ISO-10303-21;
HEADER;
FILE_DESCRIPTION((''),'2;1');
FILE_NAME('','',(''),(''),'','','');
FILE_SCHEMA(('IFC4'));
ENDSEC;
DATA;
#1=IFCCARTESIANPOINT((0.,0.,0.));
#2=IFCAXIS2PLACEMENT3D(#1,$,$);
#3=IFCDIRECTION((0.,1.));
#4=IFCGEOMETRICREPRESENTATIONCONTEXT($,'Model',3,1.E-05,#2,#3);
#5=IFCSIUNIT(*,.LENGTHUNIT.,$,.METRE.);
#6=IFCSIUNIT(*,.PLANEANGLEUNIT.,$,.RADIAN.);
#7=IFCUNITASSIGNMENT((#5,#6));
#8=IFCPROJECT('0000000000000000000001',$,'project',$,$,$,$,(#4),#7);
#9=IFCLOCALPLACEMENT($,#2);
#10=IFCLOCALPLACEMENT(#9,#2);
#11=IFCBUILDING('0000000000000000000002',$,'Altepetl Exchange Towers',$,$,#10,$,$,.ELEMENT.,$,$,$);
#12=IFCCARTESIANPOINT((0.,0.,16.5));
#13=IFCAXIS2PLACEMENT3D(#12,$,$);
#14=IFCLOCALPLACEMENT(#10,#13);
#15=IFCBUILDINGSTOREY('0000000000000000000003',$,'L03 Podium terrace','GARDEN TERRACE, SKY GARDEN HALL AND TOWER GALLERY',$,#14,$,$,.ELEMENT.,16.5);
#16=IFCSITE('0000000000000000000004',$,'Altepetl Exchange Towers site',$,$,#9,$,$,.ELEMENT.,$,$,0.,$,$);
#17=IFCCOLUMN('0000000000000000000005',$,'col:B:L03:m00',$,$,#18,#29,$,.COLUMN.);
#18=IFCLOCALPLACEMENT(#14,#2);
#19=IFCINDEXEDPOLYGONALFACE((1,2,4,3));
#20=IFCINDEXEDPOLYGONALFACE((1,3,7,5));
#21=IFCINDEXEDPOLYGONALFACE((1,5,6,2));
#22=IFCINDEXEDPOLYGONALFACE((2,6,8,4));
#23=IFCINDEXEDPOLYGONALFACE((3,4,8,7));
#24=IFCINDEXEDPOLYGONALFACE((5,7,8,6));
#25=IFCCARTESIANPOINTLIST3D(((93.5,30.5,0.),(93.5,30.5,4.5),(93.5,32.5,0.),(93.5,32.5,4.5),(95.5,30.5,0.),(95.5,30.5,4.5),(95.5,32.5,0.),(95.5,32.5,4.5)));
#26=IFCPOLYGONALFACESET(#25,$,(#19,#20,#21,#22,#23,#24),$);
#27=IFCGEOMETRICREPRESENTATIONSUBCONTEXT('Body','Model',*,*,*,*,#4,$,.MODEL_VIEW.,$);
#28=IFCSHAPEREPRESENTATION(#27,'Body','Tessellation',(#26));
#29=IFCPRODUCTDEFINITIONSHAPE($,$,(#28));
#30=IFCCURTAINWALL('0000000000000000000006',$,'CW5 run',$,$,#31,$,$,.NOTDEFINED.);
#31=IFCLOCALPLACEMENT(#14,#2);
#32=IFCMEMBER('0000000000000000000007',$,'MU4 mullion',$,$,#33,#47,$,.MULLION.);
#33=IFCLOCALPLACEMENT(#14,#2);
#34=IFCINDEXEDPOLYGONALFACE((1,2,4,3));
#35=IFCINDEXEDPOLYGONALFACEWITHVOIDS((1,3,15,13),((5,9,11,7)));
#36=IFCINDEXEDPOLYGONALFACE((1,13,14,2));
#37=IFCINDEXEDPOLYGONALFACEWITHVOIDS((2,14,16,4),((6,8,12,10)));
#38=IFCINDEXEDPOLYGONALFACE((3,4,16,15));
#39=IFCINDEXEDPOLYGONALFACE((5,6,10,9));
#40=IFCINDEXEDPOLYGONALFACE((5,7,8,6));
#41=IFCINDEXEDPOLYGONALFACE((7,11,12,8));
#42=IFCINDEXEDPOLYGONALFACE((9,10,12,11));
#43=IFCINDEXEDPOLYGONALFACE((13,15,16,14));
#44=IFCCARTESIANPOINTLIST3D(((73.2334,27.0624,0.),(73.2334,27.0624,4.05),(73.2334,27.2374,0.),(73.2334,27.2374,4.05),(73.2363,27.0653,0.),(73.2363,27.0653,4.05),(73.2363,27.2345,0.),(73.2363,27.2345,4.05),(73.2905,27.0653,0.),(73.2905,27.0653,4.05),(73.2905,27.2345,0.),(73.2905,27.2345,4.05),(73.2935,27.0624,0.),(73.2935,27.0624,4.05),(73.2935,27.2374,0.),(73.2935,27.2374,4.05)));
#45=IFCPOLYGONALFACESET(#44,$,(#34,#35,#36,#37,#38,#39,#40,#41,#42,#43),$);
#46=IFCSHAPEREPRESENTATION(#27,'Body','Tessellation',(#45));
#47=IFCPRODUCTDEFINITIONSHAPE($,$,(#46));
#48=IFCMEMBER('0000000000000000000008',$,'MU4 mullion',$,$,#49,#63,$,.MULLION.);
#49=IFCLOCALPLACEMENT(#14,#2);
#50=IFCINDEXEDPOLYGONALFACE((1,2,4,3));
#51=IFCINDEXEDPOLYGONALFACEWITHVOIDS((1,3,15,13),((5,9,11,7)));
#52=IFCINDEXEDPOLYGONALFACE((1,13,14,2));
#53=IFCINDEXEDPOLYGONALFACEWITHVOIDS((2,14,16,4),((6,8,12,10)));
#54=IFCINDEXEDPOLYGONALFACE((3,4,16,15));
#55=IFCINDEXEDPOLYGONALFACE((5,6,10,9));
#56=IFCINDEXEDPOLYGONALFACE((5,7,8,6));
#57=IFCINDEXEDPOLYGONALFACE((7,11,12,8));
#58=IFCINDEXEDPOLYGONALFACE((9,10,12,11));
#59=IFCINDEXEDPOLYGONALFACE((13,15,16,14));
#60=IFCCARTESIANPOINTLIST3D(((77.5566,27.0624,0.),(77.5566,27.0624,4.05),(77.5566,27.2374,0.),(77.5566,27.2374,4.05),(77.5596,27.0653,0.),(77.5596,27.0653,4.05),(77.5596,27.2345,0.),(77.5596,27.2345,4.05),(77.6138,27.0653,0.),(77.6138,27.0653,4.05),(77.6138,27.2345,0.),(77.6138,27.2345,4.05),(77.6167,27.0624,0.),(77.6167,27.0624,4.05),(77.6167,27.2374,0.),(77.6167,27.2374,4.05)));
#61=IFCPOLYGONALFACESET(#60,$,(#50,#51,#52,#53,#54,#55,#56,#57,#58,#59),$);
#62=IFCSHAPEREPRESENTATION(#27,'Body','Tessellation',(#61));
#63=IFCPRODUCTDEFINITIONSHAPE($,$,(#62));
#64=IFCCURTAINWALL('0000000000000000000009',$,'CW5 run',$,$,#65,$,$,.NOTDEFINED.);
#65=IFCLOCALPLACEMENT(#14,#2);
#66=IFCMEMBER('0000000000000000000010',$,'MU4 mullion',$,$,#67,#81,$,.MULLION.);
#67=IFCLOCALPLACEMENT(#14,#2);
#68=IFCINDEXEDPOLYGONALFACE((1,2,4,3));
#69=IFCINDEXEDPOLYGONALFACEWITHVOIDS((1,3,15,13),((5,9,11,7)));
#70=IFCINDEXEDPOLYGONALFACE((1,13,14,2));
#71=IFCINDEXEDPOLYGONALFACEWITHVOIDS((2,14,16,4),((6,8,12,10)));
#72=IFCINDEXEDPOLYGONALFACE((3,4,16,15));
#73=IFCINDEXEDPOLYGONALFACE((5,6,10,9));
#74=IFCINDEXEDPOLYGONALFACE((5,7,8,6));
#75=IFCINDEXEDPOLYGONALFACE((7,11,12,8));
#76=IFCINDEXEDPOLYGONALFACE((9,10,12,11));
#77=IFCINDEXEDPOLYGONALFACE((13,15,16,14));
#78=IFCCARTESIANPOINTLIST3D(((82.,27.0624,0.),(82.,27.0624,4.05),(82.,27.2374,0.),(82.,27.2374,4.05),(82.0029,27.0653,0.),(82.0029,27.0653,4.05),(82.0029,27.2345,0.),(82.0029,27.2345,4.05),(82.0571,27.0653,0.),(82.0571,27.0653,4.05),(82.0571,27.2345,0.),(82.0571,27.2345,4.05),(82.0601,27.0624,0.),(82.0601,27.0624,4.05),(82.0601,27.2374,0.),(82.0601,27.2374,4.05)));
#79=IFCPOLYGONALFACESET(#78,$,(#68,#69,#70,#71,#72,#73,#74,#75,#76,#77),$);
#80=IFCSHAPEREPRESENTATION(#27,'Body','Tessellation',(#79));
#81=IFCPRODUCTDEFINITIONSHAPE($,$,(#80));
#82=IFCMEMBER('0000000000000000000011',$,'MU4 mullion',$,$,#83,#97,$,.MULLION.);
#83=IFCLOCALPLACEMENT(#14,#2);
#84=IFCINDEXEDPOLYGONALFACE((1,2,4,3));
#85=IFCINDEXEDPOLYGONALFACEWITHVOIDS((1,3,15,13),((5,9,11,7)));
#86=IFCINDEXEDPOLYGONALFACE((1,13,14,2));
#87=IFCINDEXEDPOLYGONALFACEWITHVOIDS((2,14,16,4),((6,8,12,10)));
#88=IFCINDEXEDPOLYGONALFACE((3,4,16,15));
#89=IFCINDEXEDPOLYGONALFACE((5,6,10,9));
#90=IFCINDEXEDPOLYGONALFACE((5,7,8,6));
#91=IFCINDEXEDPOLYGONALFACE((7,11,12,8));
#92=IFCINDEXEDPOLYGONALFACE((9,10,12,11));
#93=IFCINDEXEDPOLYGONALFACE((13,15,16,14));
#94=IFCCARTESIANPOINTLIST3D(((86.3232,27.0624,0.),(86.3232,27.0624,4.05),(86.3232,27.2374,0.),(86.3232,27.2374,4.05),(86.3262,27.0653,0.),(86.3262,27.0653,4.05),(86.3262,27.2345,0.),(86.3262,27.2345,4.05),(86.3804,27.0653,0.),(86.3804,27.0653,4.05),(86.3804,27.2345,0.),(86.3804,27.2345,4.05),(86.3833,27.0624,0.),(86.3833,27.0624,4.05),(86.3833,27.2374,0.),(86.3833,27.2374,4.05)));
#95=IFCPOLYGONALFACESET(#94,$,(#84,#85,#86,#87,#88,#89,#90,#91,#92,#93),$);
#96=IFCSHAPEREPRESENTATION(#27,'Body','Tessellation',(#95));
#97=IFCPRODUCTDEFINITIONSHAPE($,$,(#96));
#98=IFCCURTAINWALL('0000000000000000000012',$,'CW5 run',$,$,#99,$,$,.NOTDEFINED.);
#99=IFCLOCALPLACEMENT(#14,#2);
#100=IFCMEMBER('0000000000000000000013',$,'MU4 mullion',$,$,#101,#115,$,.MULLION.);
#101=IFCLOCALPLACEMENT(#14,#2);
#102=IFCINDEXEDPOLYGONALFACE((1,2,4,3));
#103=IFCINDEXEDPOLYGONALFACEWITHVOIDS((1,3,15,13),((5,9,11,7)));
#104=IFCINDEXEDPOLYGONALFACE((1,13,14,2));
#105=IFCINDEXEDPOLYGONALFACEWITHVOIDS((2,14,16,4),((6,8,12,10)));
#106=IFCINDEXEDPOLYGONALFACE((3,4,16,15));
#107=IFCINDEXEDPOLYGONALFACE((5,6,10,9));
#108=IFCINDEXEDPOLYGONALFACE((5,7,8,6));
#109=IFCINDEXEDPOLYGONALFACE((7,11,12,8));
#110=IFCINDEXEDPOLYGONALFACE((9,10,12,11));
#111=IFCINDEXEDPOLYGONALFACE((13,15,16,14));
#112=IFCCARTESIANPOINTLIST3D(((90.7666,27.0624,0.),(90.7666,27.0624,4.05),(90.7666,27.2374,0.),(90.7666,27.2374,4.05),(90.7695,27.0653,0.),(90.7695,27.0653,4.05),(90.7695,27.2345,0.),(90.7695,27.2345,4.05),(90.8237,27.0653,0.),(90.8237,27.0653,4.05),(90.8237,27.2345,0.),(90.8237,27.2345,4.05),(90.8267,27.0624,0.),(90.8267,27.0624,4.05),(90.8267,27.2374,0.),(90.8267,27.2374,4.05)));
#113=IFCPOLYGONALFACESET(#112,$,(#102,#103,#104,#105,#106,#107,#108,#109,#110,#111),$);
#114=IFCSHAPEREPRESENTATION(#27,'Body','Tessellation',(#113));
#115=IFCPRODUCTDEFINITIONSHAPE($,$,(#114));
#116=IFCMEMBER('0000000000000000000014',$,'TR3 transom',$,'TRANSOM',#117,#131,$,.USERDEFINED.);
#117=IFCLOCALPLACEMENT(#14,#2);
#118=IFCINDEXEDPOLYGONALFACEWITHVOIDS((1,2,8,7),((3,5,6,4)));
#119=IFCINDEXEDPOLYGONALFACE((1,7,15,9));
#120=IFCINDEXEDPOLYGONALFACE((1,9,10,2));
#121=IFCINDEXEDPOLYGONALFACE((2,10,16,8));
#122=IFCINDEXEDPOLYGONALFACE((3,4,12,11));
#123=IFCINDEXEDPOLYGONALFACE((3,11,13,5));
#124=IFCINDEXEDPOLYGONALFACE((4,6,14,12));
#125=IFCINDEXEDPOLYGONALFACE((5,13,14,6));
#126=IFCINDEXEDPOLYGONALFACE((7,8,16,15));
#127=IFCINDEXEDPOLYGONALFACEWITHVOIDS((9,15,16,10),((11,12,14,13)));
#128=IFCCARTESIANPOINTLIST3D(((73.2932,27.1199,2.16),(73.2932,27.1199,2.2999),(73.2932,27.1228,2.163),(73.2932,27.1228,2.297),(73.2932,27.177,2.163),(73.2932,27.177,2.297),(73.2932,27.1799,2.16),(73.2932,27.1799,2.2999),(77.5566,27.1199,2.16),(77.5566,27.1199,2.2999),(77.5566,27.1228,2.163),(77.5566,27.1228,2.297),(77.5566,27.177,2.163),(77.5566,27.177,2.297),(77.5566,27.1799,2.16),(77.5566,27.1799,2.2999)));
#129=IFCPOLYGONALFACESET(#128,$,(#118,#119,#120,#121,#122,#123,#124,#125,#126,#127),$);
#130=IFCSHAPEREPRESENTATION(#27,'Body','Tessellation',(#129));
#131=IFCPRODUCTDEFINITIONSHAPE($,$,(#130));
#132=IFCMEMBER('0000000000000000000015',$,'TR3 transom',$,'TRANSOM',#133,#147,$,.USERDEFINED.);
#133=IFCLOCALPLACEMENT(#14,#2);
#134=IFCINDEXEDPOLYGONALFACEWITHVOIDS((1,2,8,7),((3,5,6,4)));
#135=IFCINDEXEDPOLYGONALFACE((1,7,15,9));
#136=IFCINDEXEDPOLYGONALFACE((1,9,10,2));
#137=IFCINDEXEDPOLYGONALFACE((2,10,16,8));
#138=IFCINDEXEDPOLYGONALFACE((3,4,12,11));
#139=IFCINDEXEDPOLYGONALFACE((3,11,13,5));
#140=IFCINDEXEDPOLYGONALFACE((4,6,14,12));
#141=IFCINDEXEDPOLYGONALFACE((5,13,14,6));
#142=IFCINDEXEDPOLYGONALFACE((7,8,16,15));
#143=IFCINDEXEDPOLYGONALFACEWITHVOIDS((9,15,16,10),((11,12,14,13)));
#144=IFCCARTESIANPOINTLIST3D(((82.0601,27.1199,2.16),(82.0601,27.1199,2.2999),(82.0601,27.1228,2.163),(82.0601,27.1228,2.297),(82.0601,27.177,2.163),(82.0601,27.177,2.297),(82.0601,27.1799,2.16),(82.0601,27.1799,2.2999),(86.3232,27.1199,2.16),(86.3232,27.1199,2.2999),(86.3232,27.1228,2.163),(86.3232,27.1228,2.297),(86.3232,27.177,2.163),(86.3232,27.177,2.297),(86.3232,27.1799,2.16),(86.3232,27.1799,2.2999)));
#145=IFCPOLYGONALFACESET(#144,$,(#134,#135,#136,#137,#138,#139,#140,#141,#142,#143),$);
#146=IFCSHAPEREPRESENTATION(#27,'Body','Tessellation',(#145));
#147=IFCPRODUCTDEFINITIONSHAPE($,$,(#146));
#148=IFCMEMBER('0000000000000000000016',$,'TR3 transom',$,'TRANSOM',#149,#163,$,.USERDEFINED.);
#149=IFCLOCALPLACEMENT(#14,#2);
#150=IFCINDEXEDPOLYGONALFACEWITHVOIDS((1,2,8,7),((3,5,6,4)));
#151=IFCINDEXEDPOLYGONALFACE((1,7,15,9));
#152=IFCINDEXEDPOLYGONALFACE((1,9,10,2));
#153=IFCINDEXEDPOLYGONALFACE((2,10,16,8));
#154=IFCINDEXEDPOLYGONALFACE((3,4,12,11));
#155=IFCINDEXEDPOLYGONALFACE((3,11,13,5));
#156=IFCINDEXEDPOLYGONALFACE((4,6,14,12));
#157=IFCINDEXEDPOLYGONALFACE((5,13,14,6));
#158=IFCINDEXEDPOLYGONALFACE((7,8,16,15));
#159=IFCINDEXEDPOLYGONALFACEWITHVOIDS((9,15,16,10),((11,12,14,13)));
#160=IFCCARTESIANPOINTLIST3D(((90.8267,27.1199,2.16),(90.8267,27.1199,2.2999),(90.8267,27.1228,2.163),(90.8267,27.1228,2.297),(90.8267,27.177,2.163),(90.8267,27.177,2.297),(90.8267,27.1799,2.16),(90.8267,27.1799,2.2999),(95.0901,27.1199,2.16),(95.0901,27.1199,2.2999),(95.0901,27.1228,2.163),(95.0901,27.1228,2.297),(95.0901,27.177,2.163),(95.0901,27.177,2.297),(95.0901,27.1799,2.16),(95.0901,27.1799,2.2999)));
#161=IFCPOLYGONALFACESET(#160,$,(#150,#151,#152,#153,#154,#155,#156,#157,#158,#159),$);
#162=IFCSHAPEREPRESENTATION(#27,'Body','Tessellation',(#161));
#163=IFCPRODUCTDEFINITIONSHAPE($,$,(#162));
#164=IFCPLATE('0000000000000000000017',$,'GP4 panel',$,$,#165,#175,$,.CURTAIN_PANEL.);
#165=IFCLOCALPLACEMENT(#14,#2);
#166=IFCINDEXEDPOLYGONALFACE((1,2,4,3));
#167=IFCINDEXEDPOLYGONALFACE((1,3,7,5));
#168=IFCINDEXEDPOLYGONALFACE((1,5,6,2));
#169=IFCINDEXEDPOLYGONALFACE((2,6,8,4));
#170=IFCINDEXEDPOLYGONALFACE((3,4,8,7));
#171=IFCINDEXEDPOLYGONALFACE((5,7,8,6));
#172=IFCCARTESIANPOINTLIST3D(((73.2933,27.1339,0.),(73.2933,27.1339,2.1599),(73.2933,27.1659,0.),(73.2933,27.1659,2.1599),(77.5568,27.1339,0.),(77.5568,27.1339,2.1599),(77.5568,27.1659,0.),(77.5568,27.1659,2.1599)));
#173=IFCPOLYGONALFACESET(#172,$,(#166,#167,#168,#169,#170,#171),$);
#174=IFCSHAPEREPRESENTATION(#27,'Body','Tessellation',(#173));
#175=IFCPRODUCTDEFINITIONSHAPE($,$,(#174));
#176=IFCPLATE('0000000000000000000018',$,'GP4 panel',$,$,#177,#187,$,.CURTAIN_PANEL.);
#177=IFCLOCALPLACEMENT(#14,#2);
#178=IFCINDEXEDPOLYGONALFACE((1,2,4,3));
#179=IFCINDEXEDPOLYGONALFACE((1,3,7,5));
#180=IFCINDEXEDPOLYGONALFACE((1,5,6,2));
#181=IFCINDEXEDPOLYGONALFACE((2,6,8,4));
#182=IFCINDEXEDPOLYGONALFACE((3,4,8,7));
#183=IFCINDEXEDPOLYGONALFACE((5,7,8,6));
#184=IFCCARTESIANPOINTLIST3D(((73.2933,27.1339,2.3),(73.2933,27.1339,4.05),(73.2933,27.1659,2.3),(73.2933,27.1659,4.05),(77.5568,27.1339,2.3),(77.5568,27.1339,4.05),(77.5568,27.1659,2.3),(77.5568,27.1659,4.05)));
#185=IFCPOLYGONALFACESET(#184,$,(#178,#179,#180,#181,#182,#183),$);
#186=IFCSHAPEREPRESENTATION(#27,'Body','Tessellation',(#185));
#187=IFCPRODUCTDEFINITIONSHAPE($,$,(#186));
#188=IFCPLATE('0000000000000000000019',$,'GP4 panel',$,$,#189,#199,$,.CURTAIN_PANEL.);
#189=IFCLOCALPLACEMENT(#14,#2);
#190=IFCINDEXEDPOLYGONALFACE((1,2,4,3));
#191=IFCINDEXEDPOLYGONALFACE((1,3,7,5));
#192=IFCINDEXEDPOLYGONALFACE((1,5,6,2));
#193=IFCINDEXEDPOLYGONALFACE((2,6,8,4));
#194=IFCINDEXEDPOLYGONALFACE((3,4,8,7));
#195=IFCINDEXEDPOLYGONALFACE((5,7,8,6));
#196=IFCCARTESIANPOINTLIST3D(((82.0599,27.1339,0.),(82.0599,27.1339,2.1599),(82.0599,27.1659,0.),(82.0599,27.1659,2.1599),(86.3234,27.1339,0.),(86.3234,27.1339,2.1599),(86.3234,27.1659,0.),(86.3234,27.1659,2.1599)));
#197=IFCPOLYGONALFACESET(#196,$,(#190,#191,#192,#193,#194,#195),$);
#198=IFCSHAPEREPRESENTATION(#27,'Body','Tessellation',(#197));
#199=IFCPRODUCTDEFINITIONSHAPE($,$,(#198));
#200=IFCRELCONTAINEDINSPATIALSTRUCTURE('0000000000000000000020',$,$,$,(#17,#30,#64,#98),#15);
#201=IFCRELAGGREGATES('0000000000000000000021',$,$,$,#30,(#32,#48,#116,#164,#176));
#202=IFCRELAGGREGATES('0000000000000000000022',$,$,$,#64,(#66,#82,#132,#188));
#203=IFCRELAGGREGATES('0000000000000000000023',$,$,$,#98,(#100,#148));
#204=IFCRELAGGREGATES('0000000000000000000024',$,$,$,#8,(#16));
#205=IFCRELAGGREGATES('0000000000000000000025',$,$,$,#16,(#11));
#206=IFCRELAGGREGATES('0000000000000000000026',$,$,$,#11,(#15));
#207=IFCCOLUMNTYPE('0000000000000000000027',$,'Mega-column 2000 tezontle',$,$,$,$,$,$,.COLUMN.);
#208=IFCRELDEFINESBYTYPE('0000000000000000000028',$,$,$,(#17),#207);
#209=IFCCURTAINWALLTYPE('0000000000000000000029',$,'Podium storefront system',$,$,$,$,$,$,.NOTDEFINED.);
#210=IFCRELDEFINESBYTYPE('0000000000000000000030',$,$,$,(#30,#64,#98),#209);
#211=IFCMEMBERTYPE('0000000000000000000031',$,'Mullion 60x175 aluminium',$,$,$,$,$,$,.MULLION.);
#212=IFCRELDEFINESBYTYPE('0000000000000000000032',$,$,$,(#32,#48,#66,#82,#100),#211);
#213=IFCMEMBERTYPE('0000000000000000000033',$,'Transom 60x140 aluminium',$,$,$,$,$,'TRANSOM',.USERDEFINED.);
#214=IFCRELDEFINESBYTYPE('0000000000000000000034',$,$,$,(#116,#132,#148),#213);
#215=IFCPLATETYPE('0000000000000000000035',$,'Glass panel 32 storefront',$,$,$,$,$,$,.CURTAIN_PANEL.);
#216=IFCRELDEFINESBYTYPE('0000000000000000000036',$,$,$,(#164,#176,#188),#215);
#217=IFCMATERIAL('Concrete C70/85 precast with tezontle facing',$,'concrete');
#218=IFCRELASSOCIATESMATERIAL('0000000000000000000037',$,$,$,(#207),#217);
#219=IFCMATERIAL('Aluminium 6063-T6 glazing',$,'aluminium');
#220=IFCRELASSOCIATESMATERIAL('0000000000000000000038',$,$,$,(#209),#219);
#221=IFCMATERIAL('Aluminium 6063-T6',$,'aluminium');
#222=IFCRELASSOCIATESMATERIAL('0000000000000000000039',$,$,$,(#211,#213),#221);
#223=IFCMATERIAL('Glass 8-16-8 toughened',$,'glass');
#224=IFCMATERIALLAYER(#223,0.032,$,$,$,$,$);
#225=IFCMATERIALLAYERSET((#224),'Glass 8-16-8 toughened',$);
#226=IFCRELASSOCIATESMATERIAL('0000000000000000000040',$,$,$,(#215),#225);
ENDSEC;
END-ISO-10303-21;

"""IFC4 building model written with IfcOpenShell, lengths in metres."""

from ifc_helpers import new_model, si_unit, direction, frame, origin, origin_2d, place, context, subcontext, project, spatial, rectangle, hollow_rectangle, extrude, material, layer, layer_set, material_profile, profile_set, type_object, element, aggregate, save


model = new_model("IFC4")

# Units and contexts
model_context = context("Model", 3, precision=1e-05, world=origin(), true_north=direction((0.0, 1.0)))
body_context = subcontext(model_context, "Body", "Model", "MODEL_VIEW")
ifc_project = project(units=[si_unit("LENGTHUNIT", "METRE"), si_unit("PLANEANGLEUNIT", "RADIAN")], contexts=[model_context])

# Site, building, storey
site_placement = place(None, origin())
site = spatial("IfcSite", under=ifc_project, at=site_placement, Name="Altepetl Exchange Towers site", CompositionType="ELEMENT", RefElevation=0.0)
building_placement = place(site_placement, origin())
building = spatial("IfcBuilding", under=site, at=building_placement, Name="Altepetl Exchange Towers", CompositionType="ELEMENT")
storey_placement = place(building_placement, frame((0.0, 0.0, 16.5)))
storey = spatial("IfcBuildingStorey", under=building, at=storey_placement, Name="L03 Podium terrace", Description="GARDEN TERRACE, SKY GARDEN HALL AND TOWER GALLERY", CompositionType="ELEMENT", Elevation=16.5)

# Column
ifc_material_1 = material(Name="Concrete C70/85 precast with tezontle facing", Category="concrete")
ifc_material_profile_1 = material_profile(ifc_material_1, rectangle(XDim=2.0, YDim=2.0, at=origin_2d()), Name="2000 x 2000")
ifc_profile_set_1 = profile_set([ifc_material_profile_1], Name="Concrete C70/85 precast with tezontle facing")
column_type = type_object("IfcColumnType", Name="Mega-column 2000 tezontle", PredefinedType="COLUMN", material=ifc_profile_set_1)
column_placement = place(storey_placement, frame((94.5, 31.5, 0.0)))
element("IfcColumn", 1, at=column_placement, inside=storey, type_object=column_type, Name="col:B:L03:m00", PredefinedType="COLUMN", context=body_context, shape_type="SweptSolid", body=[
    extrude(rectangle(XDim=2.0, YDim=2.0, at=origin_2d()), origin(), (0.0, 0.0, 1.0), 4.5),
])

# Curtain walls, members
ifc_material_2 = material(Name="Aluminium 6063-T6 glazing", Category="aluminium")
curtain_wall_type = type_object("IfcCurtainWallType", Name="Podium storefront system", PredefinedType="NOTDEFINED", material=ifc_material_2)
curtain_wall_1_placement = place(storey_placement, origin())
curtain_wall_1 = element("IfcCurtainWall", 2, at=curtain_wall_1_placement, inside=storey, type_object=curtain_wall_type, Name="CW5 run", PredefinedType="NOTDEFINED")
ifc_material_3 = material(Name="Aluminium 6063-T6", Category="aluminium")
ifc_material_profile_2 = material_profile(ifc_material_3, hollow_rectangle(XDim=0.0601, YDim=0.175, WallThickness=0.0029, at=origin_2d()), Name="Mullion 60x175 aluminium")
ifc_profile_set_2 = profile_set([ifc_material_profile_2], Name="Aluminium 6063-T6")
member_type_1 = type_object("IfcMemberType", Name="Mullion 60x175 aluminium", PredefinedType="MULLION", material=ifc_profile_set_2)
member_1_placement = place(storey_placement, frame((73.2634, 27.1499, 0.0)))
member_1 = element("IfcMember", 3, at=member_1_placement, type_object=member_type_1, Name="MU4 mullion", PredefinedType="MULLION", context=body_context, shape_type="SweptSolid", body=[
    extrude(hollow_rectangle(XDim=0.0601, YDim=0.175, WallThickness=0.0029, at=origin_2d()), origin(), (0.0, 0.0, 1.0), 4.05),
])
member_2_placement = place(storey_placement, frame((77.5867, 27.1499, 0.0)))
member_2 = element("IfcMember", 4, at=member_2_placement, type_object=member_type_1, Name="MU4 mullion", PredefinedType="MULLION", context=body_context, shape_type="SweptSolid", body=[
    extrude(hollow_rectangle(XDim=0.0601, YDim=0.175, WallThickness=0.0029, at=origin_2d()), origin(), (0.0, 0.0, 1.0), 4.05),
])
curtain_wall_2_placement = place(storey_placement, origin())
curtain_wall_2 = element("IfcCurtainWall", 5, at=curtain_wall_2_placement, inside=storey, type_object=curtain_wall_type, Name="CW5 run", PredefinedType="NOTDEFINED")
member_3_placement = place(storey_placement, frame((82.03, 27.1499, 0.0)))
member_3 = element("IfcMember", 6, at=member_3_placement, type_object=member_type_1, Name="MU4 mullion", PredefinedType="MULLION", context=body_context, shape_type="SweptSolid", body=[
    extrude(hollow_rectangle(XDim=0.0601, YDim=0.175, WallThickness=0.0029, at=origin_2d()), origin(), (0.0, 0.0, 1.0), 4.05),
])
member_4_placement = place(storey_placement, frame((86.3533, 27.1499, 0.0)))
member_4 = element("IfcMember", 7, at=member_4_placement, type_object=member_type_1, Name="MU4 mullion", PredefinedType="MULLION", context=body_context, shape_type="SweptSolid", body=[
    extrude(hollow_rectangle(XDim=0.0601, YDim=0.175, WallThickness=0.0029, at=origin_2d()), origin(), (0.0, 0.0, 1.0), 4.05),
])

# Curtain wall, member
curtain_wall_3_placement = place(storey_placement, origin())
curtain_wall_3 = element("IfcCurtainWall", 8, at=curtain_wall_3_placement, inside=storey, type_object=curtain_wall_type, Name="CW5 run", PredefinedType="NOTDEFINED")
member_5_placement = place(storey_placement, frame((90.7966, 27.1499, 0.0)))
member_5 = element("IfcMember", 9, at=member_5_placement, type_object=member_type_1, Name="MU4 mullion", PredefinedType="MULLION", context=body_context, shape_type="SweptSolid", body=[
    extrude(hollow_rectangle(XDim=0.0601, YDim=0.175, WallThickness=0.0029, at=origin_2d()), origin(), (0.0, 0.0, 1.0), 4.05),
])

# Members
ifc_material_profile_3 = material_profile(ifc_material_3, hollow_rectangle(XDim=0.0601, YDim=0.1399, WallThickness=0.0029, at=origin_2d()), Name="Transom 60x140 aluminium")
ifc_profile_set_3 = profile_set([ifc_material_profile_3], Name="Aluminium 6063-T6")
member_type_2 = type_object("IfcMemberType", Name="Transom 60x140 aluminium", ElementType="TRANSOM", PredefinedType="USERDEFINED", material=ifc_profile_set_3)
member_6_placement = place(storey_placement, frame((73.2932, 27.1499, 2.23), z_axis=(1.0, 0.0, 0.0), x_axis=(0.0, 1.0, 0.0)))
member_6 = element("IfcMember", 10, at=member_6_placement, type_object=member_type_2, Name="TR3 transom", ObjectType="TRANSOM", PredefinedType="USERDEFINED", context=body_context, shape_type="SweptSolid", body=[
    extrude(hollow_rectangle(XDim=0.0601, YDim=0.1399, WallThickness=0.0029, at=origin_2d()), origin(), (0.0, 0.0, 1.0), 4.2634),
])
member_7_placement = place(storey_placement, frame((82.0601, 27.1499, 2.23), z_axis=(1.0, 0.0, 0.0), x_axis=(0.0, 1.0, 0.0)))
member_7 = element("IfcMember", 11, at=member_7_placement, type_object=member_type_2, Name="TR3 transom", ObjectType="TRANSOM", PredefinedType="USERDEFINED", context=body_context, shape_type="SweptSolid", body=[
    extrude(hollow_rectangle(XDim=0.0601, YDim=0.1399, WallThickness=0.0029, at=origin_2d()), origin(), (0.0, 0.0, 1.0), 4.2632),
])
member_8_placement = place(storey_placement, frame((90.8267, 27.1499, 2.23), z_axis=(1.0, 0.0, 0.0), x_axis=(0.0, 1.0, 0.0)))
member_8 = element("IfcMember", 12, at=member_8_placement, type_object=member_type_2, Name="TR3 transom", ObjectType="TRANSOM", PredefinedType="USERDEFINED", context=body_context, shape_type="SweptSolid", body=[
    extrude(hollow_rectangle(XDim=0.0601, YDim=0.1399, WallThickness=0.0029, at=origin_2d()), origin(), (0.0, 0.0, 1.0), 4.2634),
])

# Plates
ifc_material_4 = material(Name="Glass 8-16-8 toughened", Category="glass")
ifc_layer_1 = layer(ifc_material_4, 0.032)
ifc_layer_set_1 = layer_set([ifc_layer_1], Name="Glass 8-16-8 toughened")
plate_type = type_object("IfcPlateType", Name="Glass panel 32 storefront", PredefinedType="CURTAIN_PANEL", material=ifc_layer_set_1)
plate_1_placement = place(storey_placement, frame((75.425, 27.1499, 0.0)))
plate_1 = element("IfcPlate", 13, at=plate_1_placement, type_object=plate_type, Name="GP4 panel", PredefinedType="CURTAIN_PANEL", context=body_context, shape_type="SweptSolid", body=[
    extrude(rectangle(XDim=4.2634, YDim=0.032, at=origin_2d()), origin(), (0.0, 0.0, 1.0), 2.1599),
])
plate_2_placement = place(storey_placement, frame((75.425, 27.1499, 2.3)))
plate_2 = element("IfcPlate", 14, at=plate_2_placement, type_object=plate_type, Name="GP4 panel", PredefinedType="CURTAIN_PANEL", context=body_context, shape_type="SweptSolid", body=[
    extrude(rectangle(XDim=4.2634, YDim=0.032, at=origin_2d()), origin(), (0.0, 0.0, 1.0), 1.75),
])
aggregate(curtain_wall_1, [member_1, member_2, member_6, plate_1, plate_2])
plate_3_placement = place(storey_placement, frame((84.1917, 27.1499, 0.0)))
plate_3 = element("IfcPlate", 15, at=plate_3_placement, type_object=plate_type, Name="GP4 panel", PredefinedType="CURTAIN_PANEL", context=body_context, shape_type="SweptSolid", body=[
    extrude(rectangle(XDim=4.2634, YDim=0.032, at=origin_2d()), origin(), (0.0, 0.0, 1.0), 2.1599),
])
aggregate(curtain_wall_2, [member_3, member_4, member_7, plate_3])
aggregate(curtain_wall_3, [member_5, member_8])

save(model, "model.ifc")
